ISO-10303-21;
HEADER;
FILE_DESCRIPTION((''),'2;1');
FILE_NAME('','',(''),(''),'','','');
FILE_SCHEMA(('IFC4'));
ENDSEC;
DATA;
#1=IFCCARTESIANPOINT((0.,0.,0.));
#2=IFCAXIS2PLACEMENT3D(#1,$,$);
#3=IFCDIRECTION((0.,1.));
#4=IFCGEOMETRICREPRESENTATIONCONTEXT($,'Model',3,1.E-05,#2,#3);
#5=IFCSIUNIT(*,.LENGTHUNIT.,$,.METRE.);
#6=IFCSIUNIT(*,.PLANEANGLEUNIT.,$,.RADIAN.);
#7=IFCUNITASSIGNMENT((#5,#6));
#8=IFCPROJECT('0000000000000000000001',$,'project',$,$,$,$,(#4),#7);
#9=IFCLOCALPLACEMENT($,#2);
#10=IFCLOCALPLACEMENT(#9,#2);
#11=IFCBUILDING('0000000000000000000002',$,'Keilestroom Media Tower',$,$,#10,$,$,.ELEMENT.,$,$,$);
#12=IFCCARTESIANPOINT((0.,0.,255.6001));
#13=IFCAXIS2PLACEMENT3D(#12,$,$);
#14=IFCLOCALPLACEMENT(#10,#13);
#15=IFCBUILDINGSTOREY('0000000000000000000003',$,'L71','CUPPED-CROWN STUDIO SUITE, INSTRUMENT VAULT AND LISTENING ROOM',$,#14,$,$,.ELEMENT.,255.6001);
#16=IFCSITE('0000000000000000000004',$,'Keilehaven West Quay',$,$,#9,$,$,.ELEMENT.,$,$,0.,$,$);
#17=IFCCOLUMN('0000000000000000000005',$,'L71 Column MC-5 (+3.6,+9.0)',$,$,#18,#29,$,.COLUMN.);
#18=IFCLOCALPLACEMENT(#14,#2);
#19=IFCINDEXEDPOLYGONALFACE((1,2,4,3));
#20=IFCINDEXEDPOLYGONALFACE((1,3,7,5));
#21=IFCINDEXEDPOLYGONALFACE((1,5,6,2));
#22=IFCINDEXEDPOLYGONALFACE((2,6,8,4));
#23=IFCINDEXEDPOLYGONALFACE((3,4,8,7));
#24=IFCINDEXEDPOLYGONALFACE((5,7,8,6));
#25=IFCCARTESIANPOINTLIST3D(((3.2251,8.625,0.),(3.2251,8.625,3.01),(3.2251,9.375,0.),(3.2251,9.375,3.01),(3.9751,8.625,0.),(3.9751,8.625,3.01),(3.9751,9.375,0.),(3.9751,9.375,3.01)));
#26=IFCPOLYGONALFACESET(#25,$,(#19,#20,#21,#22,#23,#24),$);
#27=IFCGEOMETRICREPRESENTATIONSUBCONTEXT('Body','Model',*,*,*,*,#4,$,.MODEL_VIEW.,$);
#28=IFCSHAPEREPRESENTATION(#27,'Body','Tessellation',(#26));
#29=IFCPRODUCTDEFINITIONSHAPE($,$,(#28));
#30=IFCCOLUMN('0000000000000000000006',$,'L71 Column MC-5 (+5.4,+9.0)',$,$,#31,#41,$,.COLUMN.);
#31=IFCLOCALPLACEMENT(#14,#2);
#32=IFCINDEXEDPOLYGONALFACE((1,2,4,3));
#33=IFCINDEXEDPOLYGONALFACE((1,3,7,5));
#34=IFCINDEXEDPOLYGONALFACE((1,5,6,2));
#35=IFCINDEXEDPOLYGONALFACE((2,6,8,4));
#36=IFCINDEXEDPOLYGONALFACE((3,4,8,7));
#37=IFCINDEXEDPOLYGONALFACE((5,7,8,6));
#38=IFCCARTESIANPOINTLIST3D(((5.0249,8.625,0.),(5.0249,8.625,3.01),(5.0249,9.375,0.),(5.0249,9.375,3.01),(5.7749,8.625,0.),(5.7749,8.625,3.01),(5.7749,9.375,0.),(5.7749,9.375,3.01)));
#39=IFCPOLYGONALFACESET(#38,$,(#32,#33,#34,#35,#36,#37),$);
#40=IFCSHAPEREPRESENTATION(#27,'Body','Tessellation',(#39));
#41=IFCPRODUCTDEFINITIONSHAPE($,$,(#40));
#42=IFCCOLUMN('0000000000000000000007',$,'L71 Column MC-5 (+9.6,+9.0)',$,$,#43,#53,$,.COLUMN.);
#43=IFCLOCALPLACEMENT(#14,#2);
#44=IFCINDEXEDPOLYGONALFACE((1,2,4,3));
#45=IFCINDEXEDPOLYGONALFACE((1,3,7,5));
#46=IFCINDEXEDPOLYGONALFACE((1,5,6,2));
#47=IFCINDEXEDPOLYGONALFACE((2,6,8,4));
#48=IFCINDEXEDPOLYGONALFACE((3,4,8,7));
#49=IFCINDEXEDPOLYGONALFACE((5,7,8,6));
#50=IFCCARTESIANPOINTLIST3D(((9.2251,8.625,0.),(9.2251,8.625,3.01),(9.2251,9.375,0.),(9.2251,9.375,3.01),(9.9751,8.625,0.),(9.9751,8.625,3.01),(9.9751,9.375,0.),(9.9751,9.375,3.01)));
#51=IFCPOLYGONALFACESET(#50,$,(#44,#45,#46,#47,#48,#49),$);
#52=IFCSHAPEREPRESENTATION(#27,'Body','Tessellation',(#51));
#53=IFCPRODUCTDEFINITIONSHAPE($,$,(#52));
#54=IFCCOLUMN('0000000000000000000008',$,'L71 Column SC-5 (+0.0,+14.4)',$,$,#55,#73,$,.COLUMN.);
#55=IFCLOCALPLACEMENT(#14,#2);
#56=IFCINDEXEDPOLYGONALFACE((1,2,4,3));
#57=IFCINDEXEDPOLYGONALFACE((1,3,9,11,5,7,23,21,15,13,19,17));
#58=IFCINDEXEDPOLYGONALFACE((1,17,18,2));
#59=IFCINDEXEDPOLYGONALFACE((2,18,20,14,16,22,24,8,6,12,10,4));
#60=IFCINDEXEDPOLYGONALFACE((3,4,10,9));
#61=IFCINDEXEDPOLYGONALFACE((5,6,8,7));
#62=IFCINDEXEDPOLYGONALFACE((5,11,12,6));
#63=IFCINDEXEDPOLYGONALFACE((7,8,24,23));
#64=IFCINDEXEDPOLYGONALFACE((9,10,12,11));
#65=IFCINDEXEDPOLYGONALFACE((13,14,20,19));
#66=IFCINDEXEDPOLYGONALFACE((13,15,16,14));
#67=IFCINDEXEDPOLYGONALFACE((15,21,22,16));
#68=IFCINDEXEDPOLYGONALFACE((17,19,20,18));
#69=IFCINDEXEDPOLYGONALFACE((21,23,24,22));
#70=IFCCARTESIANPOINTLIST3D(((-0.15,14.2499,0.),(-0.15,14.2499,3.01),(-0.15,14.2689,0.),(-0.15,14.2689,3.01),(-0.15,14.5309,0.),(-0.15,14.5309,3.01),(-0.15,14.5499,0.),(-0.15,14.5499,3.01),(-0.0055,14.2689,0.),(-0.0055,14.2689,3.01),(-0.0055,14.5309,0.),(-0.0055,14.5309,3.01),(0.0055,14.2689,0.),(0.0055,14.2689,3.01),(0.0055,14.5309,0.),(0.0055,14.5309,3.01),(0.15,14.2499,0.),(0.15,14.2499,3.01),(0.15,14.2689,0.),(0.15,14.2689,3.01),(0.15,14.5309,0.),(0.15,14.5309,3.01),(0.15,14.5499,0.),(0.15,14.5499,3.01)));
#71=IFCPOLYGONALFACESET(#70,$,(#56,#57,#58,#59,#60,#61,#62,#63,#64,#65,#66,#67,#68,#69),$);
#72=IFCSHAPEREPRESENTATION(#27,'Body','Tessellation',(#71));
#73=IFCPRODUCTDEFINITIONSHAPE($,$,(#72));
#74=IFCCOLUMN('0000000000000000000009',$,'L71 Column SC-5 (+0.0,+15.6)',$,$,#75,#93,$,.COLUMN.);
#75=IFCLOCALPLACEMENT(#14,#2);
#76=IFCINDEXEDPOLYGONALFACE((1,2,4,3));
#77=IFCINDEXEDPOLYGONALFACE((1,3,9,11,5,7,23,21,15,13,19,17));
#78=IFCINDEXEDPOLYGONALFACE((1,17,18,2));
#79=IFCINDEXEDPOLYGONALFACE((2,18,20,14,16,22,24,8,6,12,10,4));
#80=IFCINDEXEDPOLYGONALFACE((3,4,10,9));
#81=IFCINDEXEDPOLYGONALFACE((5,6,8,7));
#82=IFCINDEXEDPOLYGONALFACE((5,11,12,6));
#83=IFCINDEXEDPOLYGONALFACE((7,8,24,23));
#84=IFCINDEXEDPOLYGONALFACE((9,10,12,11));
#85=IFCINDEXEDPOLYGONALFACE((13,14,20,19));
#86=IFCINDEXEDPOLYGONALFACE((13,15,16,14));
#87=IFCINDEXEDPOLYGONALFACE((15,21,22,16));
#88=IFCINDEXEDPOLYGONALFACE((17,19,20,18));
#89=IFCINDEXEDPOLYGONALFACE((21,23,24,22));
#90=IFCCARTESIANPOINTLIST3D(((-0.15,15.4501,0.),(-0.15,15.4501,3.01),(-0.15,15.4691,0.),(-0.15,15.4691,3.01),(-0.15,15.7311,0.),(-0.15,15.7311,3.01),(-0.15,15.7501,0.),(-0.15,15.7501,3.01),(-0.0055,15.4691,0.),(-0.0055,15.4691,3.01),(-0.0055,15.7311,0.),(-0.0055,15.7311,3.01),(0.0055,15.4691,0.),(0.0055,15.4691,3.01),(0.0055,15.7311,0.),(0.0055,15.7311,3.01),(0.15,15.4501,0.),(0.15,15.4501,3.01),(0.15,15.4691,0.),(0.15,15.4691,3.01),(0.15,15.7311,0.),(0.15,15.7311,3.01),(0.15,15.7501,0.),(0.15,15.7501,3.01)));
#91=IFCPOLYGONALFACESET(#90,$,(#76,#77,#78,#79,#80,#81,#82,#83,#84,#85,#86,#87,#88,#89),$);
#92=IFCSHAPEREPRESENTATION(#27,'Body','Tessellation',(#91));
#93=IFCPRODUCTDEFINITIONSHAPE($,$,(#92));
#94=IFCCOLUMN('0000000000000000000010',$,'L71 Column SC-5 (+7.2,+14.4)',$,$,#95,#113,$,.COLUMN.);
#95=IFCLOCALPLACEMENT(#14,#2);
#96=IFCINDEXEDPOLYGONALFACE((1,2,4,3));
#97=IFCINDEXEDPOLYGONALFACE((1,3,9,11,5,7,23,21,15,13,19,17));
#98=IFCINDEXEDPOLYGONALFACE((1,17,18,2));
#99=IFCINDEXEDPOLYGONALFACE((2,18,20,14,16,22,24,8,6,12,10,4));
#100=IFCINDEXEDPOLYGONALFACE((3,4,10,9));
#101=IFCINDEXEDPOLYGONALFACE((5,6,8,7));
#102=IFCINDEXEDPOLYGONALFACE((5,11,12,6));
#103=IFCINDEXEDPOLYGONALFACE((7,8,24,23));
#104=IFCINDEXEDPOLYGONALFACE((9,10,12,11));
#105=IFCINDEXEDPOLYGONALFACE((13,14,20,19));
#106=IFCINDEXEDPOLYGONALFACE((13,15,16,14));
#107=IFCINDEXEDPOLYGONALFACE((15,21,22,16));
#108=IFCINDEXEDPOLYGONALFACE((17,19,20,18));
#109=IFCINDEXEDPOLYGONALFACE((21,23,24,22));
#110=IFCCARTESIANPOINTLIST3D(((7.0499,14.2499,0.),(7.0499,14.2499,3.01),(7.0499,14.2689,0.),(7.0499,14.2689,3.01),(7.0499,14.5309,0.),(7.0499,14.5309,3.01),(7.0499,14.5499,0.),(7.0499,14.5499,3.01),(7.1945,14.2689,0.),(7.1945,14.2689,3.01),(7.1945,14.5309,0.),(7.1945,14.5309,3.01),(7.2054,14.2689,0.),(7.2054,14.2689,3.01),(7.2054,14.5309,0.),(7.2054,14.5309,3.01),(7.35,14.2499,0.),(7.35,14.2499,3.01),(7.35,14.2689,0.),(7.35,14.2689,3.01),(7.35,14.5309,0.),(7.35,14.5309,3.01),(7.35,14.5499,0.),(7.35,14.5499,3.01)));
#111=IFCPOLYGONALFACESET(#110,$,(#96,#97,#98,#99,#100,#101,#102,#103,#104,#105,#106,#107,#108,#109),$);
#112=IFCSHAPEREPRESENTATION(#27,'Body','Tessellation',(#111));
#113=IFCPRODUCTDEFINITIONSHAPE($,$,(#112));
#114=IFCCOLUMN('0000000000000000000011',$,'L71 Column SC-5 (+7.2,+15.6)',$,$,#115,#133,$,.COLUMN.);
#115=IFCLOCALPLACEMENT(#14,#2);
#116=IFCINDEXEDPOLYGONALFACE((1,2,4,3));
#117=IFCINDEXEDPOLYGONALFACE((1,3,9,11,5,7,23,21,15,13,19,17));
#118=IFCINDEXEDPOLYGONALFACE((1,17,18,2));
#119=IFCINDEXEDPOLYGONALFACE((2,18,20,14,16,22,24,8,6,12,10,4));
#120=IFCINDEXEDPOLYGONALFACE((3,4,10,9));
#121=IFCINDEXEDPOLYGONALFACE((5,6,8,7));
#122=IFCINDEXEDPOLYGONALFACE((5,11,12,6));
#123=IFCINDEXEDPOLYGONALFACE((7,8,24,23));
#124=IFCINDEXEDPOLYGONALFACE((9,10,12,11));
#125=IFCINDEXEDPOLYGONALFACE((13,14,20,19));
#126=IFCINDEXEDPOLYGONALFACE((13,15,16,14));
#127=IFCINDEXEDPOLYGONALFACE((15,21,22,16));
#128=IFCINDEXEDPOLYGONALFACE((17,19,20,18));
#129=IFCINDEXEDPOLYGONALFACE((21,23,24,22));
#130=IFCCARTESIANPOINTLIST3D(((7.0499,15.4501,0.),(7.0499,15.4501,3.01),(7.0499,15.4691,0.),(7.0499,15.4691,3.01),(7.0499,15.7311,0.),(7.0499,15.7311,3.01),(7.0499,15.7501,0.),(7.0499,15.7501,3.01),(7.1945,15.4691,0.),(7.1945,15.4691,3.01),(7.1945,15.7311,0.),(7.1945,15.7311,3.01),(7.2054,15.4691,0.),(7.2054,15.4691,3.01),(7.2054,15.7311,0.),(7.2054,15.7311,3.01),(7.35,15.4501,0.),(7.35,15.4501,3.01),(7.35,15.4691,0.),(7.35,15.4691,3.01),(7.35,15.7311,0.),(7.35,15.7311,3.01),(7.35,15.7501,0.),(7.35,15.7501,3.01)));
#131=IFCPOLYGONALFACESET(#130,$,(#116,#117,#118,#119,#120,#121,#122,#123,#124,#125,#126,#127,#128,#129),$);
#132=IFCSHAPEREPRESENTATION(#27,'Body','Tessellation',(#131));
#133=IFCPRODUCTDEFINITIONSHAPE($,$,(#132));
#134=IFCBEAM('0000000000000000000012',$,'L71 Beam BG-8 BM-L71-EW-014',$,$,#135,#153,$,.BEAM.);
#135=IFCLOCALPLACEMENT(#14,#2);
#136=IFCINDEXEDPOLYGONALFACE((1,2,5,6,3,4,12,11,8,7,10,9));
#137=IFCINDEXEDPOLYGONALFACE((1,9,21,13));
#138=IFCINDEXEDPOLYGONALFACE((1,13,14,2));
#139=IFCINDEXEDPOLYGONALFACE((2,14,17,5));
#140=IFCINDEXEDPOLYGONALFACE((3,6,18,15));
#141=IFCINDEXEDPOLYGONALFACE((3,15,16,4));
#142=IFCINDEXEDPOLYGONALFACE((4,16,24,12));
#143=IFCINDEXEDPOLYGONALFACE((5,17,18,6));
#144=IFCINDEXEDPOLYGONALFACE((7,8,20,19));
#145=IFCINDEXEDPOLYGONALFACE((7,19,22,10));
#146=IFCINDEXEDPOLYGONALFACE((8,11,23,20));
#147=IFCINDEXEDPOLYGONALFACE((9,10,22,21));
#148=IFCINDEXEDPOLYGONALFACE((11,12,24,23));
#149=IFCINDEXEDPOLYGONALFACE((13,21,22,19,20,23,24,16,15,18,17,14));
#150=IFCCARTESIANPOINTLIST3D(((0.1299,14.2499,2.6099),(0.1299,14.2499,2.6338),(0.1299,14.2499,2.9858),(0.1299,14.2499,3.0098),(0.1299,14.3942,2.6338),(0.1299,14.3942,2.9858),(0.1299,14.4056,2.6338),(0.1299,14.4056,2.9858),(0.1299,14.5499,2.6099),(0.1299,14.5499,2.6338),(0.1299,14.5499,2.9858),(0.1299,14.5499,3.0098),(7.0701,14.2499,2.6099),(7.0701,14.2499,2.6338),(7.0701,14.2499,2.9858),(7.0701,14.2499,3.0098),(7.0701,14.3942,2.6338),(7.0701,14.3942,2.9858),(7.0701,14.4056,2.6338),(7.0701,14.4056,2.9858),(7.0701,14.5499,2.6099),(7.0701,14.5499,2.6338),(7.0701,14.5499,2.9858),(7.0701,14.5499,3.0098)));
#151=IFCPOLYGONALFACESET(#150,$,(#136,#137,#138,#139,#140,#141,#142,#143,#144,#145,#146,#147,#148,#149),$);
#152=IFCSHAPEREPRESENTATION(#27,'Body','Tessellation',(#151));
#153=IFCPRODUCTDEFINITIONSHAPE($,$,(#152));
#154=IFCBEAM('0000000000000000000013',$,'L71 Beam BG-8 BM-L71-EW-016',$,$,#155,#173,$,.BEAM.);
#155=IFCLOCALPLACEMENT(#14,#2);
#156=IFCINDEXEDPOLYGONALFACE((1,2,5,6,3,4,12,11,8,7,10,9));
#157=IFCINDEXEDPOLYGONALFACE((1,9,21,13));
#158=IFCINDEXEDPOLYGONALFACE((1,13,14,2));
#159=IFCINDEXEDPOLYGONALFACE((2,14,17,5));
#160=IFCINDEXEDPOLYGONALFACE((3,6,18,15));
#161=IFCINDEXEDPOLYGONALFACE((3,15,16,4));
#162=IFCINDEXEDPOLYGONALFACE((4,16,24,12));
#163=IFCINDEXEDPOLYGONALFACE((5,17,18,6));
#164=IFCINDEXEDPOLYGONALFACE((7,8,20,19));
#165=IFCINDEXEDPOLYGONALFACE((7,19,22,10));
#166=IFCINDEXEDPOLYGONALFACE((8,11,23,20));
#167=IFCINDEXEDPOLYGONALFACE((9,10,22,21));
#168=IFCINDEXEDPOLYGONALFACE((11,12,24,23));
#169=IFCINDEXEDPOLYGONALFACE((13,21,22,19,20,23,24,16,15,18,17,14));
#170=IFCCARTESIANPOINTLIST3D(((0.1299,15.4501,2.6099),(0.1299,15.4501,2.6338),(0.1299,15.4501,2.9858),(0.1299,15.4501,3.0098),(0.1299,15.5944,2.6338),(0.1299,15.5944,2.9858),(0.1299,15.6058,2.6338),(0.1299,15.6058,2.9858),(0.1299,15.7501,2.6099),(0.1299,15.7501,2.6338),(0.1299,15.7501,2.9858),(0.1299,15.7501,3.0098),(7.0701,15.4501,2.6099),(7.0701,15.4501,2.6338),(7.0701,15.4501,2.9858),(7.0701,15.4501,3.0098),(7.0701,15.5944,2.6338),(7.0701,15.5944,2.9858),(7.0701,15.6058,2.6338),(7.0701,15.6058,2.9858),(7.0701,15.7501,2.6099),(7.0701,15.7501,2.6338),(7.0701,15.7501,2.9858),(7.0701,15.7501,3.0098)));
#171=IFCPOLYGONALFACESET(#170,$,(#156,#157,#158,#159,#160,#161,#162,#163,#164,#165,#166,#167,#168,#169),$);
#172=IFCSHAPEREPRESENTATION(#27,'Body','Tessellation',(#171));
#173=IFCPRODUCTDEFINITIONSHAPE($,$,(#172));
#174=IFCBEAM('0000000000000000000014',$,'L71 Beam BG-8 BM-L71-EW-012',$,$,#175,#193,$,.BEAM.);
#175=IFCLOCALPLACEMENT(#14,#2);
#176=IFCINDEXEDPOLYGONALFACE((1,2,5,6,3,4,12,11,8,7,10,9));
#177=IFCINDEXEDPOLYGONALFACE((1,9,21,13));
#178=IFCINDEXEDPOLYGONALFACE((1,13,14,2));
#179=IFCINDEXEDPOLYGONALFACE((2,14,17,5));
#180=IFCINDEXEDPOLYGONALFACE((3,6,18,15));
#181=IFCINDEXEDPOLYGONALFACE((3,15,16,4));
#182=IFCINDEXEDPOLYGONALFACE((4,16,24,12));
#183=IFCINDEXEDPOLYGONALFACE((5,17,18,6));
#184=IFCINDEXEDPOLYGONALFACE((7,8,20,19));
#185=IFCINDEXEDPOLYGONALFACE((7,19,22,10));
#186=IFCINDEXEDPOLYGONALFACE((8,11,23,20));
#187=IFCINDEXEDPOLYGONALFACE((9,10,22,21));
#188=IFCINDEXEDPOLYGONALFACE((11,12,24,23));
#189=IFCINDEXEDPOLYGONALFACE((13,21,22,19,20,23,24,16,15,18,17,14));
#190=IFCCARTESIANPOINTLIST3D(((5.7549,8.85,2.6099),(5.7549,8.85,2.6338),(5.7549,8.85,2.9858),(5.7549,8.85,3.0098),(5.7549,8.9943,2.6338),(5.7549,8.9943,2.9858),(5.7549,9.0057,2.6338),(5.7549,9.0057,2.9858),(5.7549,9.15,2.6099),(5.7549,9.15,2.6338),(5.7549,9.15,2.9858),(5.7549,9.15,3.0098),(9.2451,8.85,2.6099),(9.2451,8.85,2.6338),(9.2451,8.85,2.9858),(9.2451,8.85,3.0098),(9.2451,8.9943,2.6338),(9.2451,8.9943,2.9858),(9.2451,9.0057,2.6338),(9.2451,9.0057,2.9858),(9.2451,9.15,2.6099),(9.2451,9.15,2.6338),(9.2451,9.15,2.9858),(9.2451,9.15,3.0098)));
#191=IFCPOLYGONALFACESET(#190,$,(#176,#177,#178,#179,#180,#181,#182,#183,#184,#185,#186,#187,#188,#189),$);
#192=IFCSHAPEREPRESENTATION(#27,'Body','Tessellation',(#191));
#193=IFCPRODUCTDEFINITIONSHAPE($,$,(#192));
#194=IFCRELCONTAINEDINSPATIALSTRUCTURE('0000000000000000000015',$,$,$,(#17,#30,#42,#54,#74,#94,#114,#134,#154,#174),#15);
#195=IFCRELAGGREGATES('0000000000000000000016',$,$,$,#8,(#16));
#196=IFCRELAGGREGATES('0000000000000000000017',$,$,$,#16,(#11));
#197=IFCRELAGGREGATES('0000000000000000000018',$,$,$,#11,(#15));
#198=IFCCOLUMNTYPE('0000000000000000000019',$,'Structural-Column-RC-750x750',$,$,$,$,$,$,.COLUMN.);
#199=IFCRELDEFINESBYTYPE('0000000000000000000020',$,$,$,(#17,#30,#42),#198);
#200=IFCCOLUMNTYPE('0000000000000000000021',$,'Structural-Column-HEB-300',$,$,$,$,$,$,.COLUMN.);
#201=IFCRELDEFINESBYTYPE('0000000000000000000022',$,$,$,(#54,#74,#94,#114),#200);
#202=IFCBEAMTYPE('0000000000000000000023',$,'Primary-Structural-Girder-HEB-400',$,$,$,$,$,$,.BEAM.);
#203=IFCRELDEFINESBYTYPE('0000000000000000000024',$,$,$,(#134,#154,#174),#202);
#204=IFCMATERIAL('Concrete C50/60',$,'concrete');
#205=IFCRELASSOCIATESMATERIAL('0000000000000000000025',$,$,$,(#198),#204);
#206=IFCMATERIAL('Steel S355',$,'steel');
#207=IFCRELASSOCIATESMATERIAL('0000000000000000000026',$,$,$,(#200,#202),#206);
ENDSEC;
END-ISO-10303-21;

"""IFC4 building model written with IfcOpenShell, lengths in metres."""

from ifc_helpers import new_model, si_unit, direction, frame, origin, origin_2d, place, context, subcontext, project, spatial, rectangle, i_section, extrude, source, transform, mapped, material, material_profile, profile_set, type_object, element, save


model = new_model("IFC4")

# Units and contexts
model_context = context("Model", 3, precision=1e-05, world=origin(), true_north=direction((0.0, 1.0)))
body_context = subcontext(model_context, "Body", "Model", "MODEL_VIEW")
ifc_project = project(units=[si_unit("LENGTHUNIT", "METRE"), si_unit("PLANEANGLEUNIT", "RADIAN")], contexts=[model_context])

# Site, building, storey
site_placement = place(None, origin())
site = spatial("IfcSite", under=ifc_project, at=site_placement, Name="Keilehaven West Quay", CompositionType="ELEMENT", RefElevation=0.0)
building_placement = place(site_placement, origin())
building = spatial("IfcBuilding", under=site, at=building_placement, Name="Keilestroom Media Tower", CompositionType="ELEMENT")
storey_placement = place(building_placement, frame((0.0, 0.0, 255.6001)))
storey = spatial("IfcBuildingStorey", under=building, at=storey_placement, Name="L71", Description="CUPPED-CROWN STUDIO SUITE, INSTRUMENT VAULT AND LISTENING ROOM", CompositionType="ELEMENT", Elevation=255.6001)

# Columns
ifc_material_1 = material(Name="Concrete C50/60", Category="concrete")
ifc_material_profile_1 = material_profile(ifc_material_1, rectangle(XDim=0.75, YDim=0.75, at=origin_2d()), Name="RC 750x750")
ifc_profile_set_1 = profile_set([ifc_material_profile_1], Name="Concrete C50/60")
column_type_1 = type_object("IfcColumnType", Name="Structural-Column-RC-750x750", PredefinedType="COLUMN", material=ifc_profile_set_1)
shared_shape_1 = source(origin(), body_context, "Body", "SweptSolid", [
    extrude(rectangle(XDim=0.75, YDim=0.75, at=origin_2d()), origin(), (0.0, 0.0, 1.0), 3.01),
])
for number, where, z_axis, x_axis, name in (
    (1, (3.6001, 9.0, 0.0), (0.0, 0.0, 1.0), (1.0, 0.0, 0.0), "L71 Column MC-5 (+3.6,+9.0)"),
    (2, (5.3999, 9.0, 0.0), (0.0, 0.0, 1.0), (1.0, 0.0, 0.0), "L71 Column MC-5 (+5.4,+9.0)"),
    (3, (9.6001, 9.0, 0.0), (0.0, 0.0, 1.0), (1.0, 0.0, 0.0), "L71 Column MC-5 (+9.6,+9.0)"),
):
    element("IfcColumn", number, at=place(storey_placement, frame(where, z_axis=z_axis, x_axis=x_axis)), inside=storey, type_object=column_type_1, Name=name, PredefinedType="COLUMN", context=body_context, shape_type="MappedRepresentation", body=[
        mapped(shared_shape_1, transform((0.0, 0.0, 0.0), x_axis=(1.0, 0.0, 0.0), y_axis=(0.0, 1.0, 0.0), z_axis=(0.0, 0.0, 1.0), scale=1.0)),
    ])
ifc_material_2 = material(Name="Steel S355", Category="steel")
ifc_material_profile_2 = material_profile(ifc_material_2, i_section(OverallWidth=0.3, OverallDepth=0.3, WebThickness=0.011, FlangeThickness=0.019, at=origin_2d()), Name="HEB 300")
ifc_profile_set_2 = profile_set([ifc_material_profile_2], Name="Steel S355")
column_type_2 = type_object("IfcColumnType", Name="Structural-Column-HEB-300", PredefinedType="COLUMN", material=ifc_profile_set_2)
shared_shape_2 = source(origin(), body_context, "Body", "SweptSolid", [
    extrude(i_section(OverallWidth=0.3, OverallDepth=0.3, WebThickness=0.011, FlangeThickness=0.019, at=origin_2d()), origin(), (0.0, 0.0, 1.0), 3.01),
])
for number, where, z_axis, x_axis, name in (
    (4, (0.0, 14.3999, 0.0), (0.0, 0.0, 1.0), (1.0, 0.0, 0.0), "L71 Column SC-5 (+0.0,+14.4)"),
    (5, (0.0, 15.6001, 0.0), (0.0, 0.0, 1.0), (1.0, 0.0, 0.0), "L71 Column SC-5 (+0.0,+15.6)"),
    (6, (7.2, 14.3999, 0.0), (0.0, 0.0, 1.0), (1.0, 0.0, 0.0), "L71 Column SC-5 (+7.2,+14.4)"),
    (7, (7.2, 15.6001, 0.0), (0.0, 0.0, 1.0), (1.0, 0.0, 0.0), "L71 Column SC-5 (+7.2,+15.6)"),
):
    element("IfcColumn", number, at=place(storey_placement, frame(where, z_axis=z_axis, x_axis=x_axis)), inside=storey, type_object=column_type_2, Name=name, PredefinedType="COLUMN", context=body_context, shape_type="MappedRepresentation", body=[
        mapped(shared_shape_2, transform((0.0, 0.0, 0.0), x_axis=(1.0, 0.0, 0.0), y_axis=(0.0, 1.0, 0.0), z_axis=(0.0, 0.0, 1.0), scale=1.0)),
    ])

# Beams
ifc_material_profile_3 = material_profile(ifc_material_2, i_section(OverallWidth=0.3, OverallDepth=0.3999, WebThickness=0.0115, FlangeThickness=0.0239, at=origin_2d()), Name="HEB 400")
ifc_profile_set_3 = profile_set([ifc_material_profile_3], Name="Steel S355")
beam_type = type_object("IfcBeamType", Name="Primary-Structural-Girder-HEB-400", PredefinedType="BEAM", material=ifc_profile_set_3)
shared_shape_3 = source(origin(), body_context, "Body", "SweptSolid", [
    extrude(i_section(OverallWidth=0.3, OverallDepth=0.3999, WebThickness=0.0115, FlangeThickness=0.0239, at=origin_2d()), origin(), (0.0, 0.0, 1.0), 6.9402),
])
for number, where, z_axis, x_axis, name in (
    (8, (0.1299, 14.3999, 2.8098), (1.0, 0.0, 0.0), (0.0, 1.0, 0.0), "L71 Beam BG-8 BM-L71-EW-014"),
    (9, (0.1299, 15.6001, 2.8098), (1.0, 0.0, 0.0), (0.0, 1.0, 0.0), "L71 Beam BG-8 BM-L71-EW-016"),
):
    element("IfcBeam", number, at=place(storey_placement, frame(where, z_axis=z_axis, x_axis=x_axis)), inside=storey, type_object=beam_type, Name=name, PredefinedType="BEAM", context=body_context, shape_type="MappedRepresentation", body=[
        mapped(shared_shape_3, transform((0.0, 0.0, 0.0), x_axis=(1.0, 0.0, 0.0), y_axis=(0.0, 1.0, 0.0), z_axis=(0.0, 0.0, 1.0), scale=1.0)),
    ])
shared_shape_4 = source(origin(), body_context, "Body", "SweptSolid", [
    extrude(i_section(OverallWidth=0.3, OverallDepth=0.3999, WebThickness=0.0115, FlangeThickness=0.0239, at=origin_2d()), origin(), (0.0, 0.0, 1.0), 3.4902),
])
beam_1_placement = place(storey_placement, frame((5.7549, 9.0, 2.8098), z_axis=(1.0, 0.0, 0.0), x_axis=(0.0, 1.0, 0.0)))
element("IfcBeam", 10, at=beam_1_placement, inside=storey, type_object=beam_type, Name="L71 Beam BG-8 BM-L71-EW-012", PredefinedType="BEAM", context=body_context, shape_type="MappedRepresentation", body=[
    mapped(shared_shape_4, transform((0.0, 0.0, 0.0), x_axis=(1.0, 0.0, 0.0), y_axis=(0.0, 1.0, 0.0), z_axis=(0.0, 0.0, 1.0), scale=1.0)),
])

save(model, "model.ifc")
